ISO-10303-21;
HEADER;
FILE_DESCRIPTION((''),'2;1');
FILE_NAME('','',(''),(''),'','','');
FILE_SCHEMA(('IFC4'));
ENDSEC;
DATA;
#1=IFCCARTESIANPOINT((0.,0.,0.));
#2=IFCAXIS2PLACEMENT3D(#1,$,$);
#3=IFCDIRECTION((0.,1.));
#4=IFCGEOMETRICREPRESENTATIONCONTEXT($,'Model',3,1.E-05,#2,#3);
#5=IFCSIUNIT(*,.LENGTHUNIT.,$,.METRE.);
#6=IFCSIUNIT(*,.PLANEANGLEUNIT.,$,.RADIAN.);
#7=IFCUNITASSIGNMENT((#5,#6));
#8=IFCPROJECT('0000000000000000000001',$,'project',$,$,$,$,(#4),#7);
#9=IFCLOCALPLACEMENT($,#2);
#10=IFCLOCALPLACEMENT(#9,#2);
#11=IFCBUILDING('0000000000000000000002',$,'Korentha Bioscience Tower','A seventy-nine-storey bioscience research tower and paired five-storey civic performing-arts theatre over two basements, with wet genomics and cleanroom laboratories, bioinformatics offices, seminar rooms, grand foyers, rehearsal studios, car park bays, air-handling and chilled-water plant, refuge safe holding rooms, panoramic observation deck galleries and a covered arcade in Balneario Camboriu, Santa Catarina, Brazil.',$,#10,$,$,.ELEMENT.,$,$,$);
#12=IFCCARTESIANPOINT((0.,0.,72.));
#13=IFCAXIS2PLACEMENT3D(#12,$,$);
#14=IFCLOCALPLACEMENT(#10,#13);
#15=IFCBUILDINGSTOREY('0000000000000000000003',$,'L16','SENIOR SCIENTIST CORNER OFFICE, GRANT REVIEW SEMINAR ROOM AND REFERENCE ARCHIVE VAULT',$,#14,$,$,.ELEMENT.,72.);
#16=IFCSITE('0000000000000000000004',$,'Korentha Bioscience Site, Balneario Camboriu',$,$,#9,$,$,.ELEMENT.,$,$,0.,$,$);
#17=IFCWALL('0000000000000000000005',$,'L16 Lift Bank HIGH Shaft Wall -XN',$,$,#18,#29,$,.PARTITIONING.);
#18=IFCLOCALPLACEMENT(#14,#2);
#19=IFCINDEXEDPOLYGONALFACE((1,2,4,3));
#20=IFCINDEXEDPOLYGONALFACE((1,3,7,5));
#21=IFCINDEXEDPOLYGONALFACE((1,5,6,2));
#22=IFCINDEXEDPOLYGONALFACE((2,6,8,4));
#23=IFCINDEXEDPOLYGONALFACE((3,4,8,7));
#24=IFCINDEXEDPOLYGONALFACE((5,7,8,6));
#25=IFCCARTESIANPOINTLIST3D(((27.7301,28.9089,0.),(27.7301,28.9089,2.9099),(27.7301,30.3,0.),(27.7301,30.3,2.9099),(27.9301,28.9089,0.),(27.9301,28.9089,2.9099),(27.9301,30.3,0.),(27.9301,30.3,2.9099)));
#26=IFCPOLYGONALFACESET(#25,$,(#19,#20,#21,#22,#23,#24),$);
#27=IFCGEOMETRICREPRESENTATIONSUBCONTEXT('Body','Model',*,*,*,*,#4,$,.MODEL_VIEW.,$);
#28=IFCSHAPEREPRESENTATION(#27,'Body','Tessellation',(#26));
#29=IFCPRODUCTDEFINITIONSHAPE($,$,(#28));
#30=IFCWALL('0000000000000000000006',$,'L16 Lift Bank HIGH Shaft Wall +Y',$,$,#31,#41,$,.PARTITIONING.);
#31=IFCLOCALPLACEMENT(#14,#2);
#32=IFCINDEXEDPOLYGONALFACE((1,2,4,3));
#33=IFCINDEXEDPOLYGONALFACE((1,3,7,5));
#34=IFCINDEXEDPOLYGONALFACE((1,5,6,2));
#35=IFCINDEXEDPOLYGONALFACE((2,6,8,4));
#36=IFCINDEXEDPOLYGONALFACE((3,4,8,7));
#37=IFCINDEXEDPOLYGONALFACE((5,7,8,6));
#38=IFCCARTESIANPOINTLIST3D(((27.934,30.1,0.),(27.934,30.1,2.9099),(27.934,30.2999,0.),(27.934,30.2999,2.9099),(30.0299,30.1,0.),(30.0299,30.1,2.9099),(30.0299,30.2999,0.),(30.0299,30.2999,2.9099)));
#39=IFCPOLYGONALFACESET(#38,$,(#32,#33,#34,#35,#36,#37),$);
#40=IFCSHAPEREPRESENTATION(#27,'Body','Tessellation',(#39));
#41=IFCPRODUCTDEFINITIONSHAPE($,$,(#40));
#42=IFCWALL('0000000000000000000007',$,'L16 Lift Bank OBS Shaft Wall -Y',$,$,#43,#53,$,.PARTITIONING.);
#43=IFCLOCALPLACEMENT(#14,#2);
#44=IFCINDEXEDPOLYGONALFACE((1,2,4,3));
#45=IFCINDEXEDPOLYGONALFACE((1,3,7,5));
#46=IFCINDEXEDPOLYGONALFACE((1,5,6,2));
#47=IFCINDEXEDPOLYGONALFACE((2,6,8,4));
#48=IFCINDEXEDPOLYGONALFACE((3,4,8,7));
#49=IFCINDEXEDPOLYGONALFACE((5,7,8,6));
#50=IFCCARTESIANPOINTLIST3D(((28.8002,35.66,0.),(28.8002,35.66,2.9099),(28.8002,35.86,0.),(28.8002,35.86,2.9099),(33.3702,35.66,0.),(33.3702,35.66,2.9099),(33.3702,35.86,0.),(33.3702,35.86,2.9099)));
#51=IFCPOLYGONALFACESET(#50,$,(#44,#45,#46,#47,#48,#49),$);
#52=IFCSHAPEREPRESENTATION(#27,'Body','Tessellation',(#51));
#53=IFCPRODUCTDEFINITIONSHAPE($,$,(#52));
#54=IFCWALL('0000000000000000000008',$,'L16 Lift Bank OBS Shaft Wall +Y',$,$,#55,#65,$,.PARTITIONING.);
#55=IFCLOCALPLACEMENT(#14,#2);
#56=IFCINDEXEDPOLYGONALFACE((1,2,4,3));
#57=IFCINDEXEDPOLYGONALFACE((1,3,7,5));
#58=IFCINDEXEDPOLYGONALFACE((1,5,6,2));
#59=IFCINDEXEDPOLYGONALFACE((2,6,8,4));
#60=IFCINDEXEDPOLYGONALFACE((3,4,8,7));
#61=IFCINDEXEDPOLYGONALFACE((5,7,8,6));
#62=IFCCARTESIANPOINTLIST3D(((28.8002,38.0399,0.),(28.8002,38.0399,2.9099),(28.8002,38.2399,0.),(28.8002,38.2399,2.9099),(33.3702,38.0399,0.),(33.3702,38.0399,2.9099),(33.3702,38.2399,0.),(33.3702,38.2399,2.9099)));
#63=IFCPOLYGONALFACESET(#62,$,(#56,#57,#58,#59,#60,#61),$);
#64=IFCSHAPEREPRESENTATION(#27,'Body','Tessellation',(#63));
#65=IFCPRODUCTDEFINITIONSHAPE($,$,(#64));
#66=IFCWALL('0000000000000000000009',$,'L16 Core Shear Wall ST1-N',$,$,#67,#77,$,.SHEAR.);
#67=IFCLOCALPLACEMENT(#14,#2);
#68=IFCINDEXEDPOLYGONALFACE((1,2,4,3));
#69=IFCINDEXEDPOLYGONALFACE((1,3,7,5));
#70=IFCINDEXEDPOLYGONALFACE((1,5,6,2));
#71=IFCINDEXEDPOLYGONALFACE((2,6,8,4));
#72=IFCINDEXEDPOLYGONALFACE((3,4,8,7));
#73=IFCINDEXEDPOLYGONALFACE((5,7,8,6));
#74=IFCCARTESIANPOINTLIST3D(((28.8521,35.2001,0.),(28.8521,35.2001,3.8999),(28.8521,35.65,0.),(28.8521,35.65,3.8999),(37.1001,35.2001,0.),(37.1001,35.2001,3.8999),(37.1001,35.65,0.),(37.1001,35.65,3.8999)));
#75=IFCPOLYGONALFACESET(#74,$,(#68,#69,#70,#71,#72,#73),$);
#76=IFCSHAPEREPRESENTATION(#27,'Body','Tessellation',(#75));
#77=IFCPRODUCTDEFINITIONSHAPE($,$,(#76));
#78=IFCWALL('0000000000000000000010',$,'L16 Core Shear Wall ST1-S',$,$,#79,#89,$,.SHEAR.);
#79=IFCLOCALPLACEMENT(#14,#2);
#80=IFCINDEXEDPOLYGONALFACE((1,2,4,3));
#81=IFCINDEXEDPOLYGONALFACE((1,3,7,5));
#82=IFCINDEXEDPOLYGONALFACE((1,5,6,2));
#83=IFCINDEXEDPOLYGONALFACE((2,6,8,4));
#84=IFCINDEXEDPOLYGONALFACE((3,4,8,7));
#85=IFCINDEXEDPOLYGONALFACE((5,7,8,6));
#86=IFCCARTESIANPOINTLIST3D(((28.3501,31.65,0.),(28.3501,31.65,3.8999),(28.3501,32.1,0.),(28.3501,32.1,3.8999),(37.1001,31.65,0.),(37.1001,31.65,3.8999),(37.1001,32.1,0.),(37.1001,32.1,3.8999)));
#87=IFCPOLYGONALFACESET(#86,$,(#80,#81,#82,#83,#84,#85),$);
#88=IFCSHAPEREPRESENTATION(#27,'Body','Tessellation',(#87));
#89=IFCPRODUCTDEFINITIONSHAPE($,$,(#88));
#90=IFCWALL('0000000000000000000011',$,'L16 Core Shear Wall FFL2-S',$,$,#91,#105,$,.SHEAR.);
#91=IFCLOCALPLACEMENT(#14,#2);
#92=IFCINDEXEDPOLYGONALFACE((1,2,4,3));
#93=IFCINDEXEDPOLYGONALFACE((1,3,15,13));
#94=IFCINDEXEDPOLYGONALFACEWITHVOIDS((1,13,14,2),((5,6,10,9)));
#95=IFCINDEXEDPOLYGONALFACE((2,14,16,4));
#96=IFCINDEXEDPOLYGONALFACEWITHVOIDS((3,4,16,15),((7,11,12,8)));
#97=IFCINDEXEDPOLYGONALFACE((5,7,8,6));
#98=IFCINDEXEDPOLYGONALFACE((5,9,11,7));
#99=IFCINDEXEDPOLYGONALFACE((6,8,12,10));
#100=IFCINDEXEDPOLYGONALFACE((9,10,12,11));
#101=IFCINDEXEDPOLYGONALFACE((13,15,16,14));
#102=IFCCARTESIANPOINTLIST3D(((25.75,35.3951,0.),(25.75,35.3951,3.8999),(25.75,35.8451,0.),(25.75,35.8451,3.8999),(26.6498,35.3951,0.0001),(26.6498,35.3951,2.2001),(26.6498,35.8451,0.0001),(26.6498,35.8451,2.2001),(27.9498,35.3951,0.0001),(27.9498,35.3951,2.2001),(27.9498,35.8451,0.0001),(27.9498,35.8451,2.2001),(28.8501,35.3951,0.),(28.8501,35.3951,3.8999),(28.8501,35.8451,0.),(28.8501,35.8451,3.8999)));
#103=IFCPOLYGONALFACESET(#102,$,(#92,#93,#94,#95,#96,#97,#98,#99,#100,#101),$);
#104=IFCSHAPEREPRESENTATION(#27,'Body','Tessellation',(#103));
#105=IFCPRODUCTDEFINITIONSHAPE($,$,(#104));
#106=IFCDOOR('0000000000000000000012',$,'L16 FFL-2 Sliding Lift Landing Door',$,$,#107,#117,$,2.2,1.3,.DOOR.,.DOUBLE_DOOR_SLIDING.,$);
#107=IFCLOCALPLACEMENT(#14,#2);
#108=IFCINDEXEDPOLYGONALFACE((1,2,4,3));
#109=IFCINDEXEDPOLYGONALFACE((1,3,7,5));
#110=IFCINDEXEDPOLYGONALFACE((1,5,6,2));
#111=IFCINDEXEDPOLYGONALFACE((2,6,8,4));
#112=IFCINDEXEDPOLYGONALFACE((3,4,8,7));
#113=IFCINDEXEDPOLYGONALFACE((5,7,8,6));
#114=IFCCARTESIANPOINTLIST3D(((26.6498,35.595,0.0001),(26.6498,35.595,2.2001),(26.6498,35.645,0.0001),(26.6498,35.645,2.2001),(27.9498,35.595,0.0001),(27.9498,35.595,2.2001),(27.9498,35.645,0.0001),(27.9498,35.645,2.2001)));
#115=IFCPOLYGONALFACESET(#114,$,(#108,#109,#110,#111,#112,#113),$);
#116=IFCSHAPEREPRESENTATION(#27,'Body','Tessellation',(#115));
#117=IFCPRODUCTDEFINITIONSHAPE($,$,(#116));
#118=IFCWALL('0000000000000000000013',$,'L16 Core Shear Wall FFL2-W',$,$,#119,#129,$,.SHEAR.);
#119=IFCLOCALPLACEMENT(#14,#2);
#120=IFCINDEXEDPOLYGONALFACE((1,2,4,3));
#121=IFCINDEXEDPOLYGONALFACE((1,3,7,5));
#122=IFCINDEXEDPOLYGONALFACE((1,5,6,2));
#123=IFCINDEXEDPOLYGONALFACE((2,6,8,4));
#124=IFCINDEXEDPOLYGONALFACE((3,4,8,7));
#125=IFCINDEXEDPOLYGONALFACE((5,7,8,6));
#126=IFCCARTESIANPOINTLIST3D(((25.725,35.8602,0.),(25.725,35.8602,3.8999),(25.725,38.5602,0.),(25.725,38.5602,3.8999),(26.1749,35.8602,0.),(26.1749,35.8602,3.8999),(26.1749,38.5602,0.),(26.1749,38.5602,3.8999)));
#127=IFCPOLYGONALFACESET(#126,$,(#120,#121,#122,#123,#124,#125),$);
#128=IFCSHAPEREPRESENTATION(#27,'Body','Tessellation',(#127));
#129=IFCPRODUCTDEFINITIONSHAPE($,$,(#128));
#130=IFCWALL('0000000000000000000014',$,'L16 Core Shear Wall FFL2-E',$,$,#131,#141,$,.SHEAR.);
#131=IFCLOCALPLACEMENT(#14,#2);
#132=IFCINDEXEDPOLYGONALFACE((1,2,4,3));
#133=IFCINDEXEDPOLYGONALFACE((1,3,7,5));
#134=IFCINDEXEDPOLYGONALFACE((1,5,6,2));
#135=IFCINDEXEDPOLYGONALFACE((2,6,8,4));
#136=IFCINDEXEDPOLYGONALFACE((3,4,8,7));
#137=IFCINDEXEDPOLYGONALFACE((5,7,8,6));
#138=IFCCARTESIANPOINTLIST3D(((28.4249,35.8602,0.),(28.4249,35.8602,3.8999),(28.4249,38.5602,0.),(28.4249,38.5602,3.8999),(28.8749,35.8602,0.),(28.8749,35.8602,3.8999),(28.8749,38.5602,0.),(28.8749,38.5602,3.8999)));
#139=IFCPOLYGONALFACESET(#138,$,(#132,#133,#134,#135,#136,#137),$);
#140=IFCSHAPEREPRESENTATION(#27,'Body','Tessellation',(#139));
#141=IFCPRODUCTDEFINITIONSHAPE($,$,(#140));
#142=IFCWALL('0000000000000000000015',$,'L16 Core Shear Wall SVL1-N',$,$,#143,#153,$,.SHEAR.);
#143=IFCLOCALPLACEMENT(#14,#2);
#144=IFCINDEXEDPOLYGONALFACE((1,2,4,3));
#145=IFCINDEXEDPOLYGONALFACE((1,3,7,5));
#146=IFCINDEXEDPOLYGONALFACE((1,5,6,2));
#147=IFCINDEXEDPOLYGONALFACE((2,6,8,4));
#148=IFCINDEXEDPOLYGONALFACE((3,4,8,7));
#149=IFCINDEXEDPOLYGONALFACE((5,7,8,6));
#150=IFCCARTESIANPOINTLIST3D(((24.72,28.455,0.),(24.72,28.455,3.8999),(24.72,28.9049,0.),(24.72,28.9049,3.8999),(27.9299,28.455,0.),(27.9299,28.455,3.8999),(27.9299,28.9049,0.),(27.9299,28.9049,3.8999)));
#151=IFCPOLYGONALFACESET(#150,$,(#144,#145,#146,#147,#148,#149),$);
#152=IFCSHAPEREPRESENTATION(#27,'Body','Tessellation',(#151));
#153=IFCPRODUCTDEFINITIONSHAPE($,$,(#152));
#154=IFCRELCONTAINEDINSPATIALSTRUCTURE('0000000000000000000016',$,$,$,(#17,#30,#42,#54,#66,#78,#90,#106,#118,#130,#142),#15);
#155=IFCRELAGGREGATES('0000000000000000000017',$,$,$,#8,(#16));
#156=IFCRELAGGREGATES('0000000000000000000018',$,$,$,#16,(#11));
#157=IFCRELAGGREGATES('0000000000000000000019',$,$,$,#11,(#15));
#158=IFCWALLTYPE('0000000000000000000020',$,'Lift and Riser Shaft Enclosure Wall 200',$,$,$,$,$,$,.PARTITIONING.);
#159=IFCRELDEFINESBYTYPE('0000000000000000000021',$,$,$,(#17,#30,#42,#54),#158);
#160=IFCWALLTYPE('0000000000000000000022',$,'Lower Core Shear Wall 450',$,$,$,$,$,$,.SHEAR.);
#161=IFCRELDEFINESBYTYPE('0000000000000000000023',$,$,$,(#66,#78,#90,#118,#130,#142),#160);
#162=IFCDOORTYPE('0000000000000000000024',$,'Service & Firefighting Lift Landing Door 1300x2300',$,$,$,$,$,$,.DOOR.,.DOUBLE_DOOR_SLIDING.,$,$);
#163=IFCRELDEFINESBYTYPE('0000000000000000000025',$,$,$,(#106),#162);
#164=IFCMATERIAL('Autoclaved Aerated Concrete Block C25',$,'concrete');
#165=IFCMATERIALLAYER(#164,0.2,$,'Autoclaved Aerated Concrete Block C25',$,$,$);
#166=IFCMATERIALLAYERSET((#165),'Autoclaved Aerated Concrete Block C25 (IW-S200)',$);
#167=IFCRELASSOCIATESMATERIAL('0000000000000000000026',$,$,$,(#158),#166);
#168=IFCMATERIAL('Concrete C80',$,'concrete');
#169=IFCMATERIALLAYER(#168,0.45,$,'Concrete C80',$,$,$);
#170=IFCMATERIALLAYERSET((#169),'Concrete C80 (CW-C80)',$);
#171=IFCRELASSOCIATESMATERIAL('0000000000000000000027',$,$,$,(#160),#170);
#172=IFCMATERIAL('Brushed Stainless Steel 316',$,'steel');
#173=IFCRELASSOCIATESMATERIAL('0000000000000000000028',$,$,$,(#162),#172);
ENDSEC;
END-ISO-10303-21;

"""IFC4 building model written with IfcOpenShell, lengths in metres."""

from ifc_helpers import new_model, si_unit, direction, frame, frame_2d, origin, place, context, subcontext, project, spatial, rectangle, extrude, material, layer, layer_set, type_object, element, fill, save


model = new_model("IFC4")

# Units and contexts
model_context = context("Model", 3, precision=1e-05, world=origin(), true_north=direction((0.0, 1.0)))
body_context = subcontext(model_context, "Body", "Model", "MODEL_VIEW")
ifc_project = project(units=[si_unit("LENGTHUNIT", "METRE"), si_unit("PLANEANGLEUNIT", "RADIAN")], contexts=[model_context])

# Site, building, storey
site_placement = place(None, origin())
site = spatial("IfcSite", under=ifc_project, at=site_placement, Name="Korentha Bioscience Site, Balneario Camboriu", CompositionType="ELEMENT", RefElevation=0.0)
building_placement = place(site_placement, origin())
building = spatial("IfcBuilding", under=site, at=building_placement, Name="Korentha Bioscience Tower", Description="A seventy-nine-storey bioscience research tower and paired five-storey civic performing-arts theatre over two basements, with wet genomics and cleanroom laboratories, bioinformatics offices, seminar rooms, grand foyers, rehearsal studios, car park bays, air-handling and chilled-water plant, refuge safe holding rooms, panoramic observation deck galleries and a covered arcade in Balneario Camboriu, Santa Catarina, Brazil.", CompositionType="ELEMENT")
storey_placement = place(building_placement, frame((0.0, 0.0, 72.0)))
storey = spatial("IfcBuildingStorey", under=building, at=storey_placement, Name="L16", Description="SENIOR SCIENTIST CORNER OFFICE, GRANT REVIEW SEMINAR ROOM AND REFERENCE ARCHIVE VAULT", CompositionType="ELEMENT", Elevation=72.0)

# Shared definitions
ifc_material_1 = material(Name="Concrete C80", Category="concrete")

# Walls
ifc_material_2 = material(Name="Autoclaved Aerated Concrete Block C25", Category="concrete")
ifc_layer_1 = layer(ifc_material_2, 0.2, Name="Autoclaved Aerated Concrete Block C25")
ifc_layer_set_1 = layer_set([ifc_layer_1], Name="Autoclaved Aerated Concrete Block C25 (IW-S200)")
wall_type_1 = type_object("IfcWallType", Name="Lift and Riser Shaft Enclosure Wall 200", PredefinedType="PARTITIONING", material=ifc_layer_set_1)
wall_1_placement = place(storey_placement, frame((27.8301, 28.9089, 0.0), z_axis=(0.0, 0.0, 1.0), x_axis=(0.0, 1.0, 0.0)))
element("IfcWall", 1, at=wall_1_placement, inside=storey, type_object=wall_type_1, Name="L16 Lift Bank HIGH Shaft Wall -XN", PredefinedType="PARTITIONING", context=body_context, shape_type="SweptSolid", body=[
    extrude(rectangle(XDim=1.3911, YDim=0.2, at=frame_2d((0.6956, 0.0))), origin(), (0.0, 0.0, 1.0), 2.9099),
])
wall_2_placement = place(storey_placement, frame((27.9341, 30.2, 0.0), z_axis=(0.0, 0.0, 1.0), x_axis=(1.0, 0.0, 0.0)))
element("IfcWall", 2, at=wall_2_placement, inside=storey, type_object=wall_type_1, Name="L16 Lift Bank HIGH Shaft Wall +Y", PredefinedType="PARTITIONING", context=body_context, shape_type="SweptSolid", body=[
    extrude(rectangle(XDim=2.0959, YDim=0.2, at=frame_2d((1.0479, 0.0))), origin(), (0.0, 0.0, 1.0), 2.9099),
])
for number, where, z_axis, x_axis, name in (
    (3, (28.8, 35.76, 0.0), (0.0, 0.0, 1.0), (1.0, 0.0, 0.0), "L16 Lift Bank OBS Shaft Wall -Y"),
    (4, (28.8, 38.1399, 0.0), (0.0, 0.0, 1.0), (1.0, 0.0, 0.0), "L16 Lift Bank OBS Shaft Wall +Y"),
):
    element("IfcWall", number, at=place(storey_placement, frame(where, z_axis=z_axis, x_axis=x_axis)), inside=storey, type_object=wall_type_1, Name=name, PredefinedType="PARTITIONING", context=body_context, shape_type="SweptSolid", body=[
        extrude(rectangle(XDim=4.5701, YDim=0.2, at=frame_2d((2.2852, 0.0))), origin(), (0.0, 0.0, 1.0), 2.9099),
    ])
ifc_layer_2 = layer(ifc_material_1, 0.45, Name="Concrete C80")
ifc_layer_set_2 = layer_set([ifc_layer_2], Name="Concrete C80 (CW-C80)")
wall_type_2 = type_object("IfcWallType", Name="Lower Core Shear Wall 450", PredefinedType="SHEAR", material=ifc_layer_set_2)
wall_3_placement = place(storey_placement, frame((28.8521, 35.425, 0.0), z_axis=(0.0, 0.0, 1.0), x_axis=(1.0, 0.0, 0.0)))
element("IfcWall", 5, at=wall_3_placement, inside=storey, type_object=wall_type_2, Name="L16 Core Shear Wall ST1-N", PredefinedType="SHEAR", context=body_context, shape_type="SweptSolid", body=[
    extrude(rectangle(XDim=8.248, YDim=0.45, at=frame_2d((4.124, 0.0))), origin(), (0.0, 0.0, 1.0), 3.8999),
])
wall_4_placement = place(storey_placement, frame((28.3501, 31.875, 0.0), z_axis=(0.0, 0.0, 1.0), x_axis=(1.0, 0.0, 0.0)))
element("IfcWall", 6, at=wall_4_placement, inside=storey, type_object=wall_type_2, Name="L16 Core Shear Wall ST1-S", PredefinedType="SHEAR", context=body_context, shape_type="SweptSolid", body=[
    extrude(rectangle(XDim=8.75, YDim=0.45, at=frame_2d((4.375, 0.0))), origin(), (0.0, 0.0, 1.0), 3.8999),
])

# Wall, opening, door
wall_5_placement = place(storey_placement, frame((25.75, 35.6201, 0.0), z_axis=(0.0, 0.0, 1.0), x_axis=(1.0, 0.0, 0.0)))
wall_5 = element("IfcWall", 7, at=wall_5_placement, inside=storey, type_object=wall_type_2, Name="L16 Core Shear Wall FFL2-S", PredefinedType="SHEAR", context=body_context, shape_type="SweptSolid", body=[
    extrude(rectangle(XDim=3.1001, YDim=0.45, at=frame_2d((1.55, 0.0))), origin(), (0.0, 0.0, 1.0), 3.8999),
])
opening_1_placement = place(wall_5_placement, frame((0.8999, 0.0, 0.0)))
opening_1 = element("IfcOpeningElement", 8, at=opening_1_placement, cuts=wall_5, PredefinedType="OPENING", context=body_context, shape_type="SweptSolid", body=[
    extrude(rectangle(XDim=1.3, YDim=2.2, at=frame_2d((0.6499, 1.1001))), frame((0.0, 0.2397, 0.0), z_axis=(0.0, -1.0, 0.0), x_axis=(1.0, 0.0, 0.0)), (0.0, 0.0, 1.0), 0.4797),
])
ifc_material_3 = material(Name="Brushed Stainless Steel 316", Category="steel")
door_type_1 = type_object("IfcDoorType", Name="Service & Firefighting Lift Landing Door 1300x2300", OperationType="DOUBLE_DOOR_SLIDING", PredefinedType="DOOR", material=ifc_material_3)
door_1_placement = place(opening_1_placement, origin())
door_1 = element("IfcDoor", 9, at=door_1_placement, inside=storey, type_object=door_type_1, Name="L16 FFL-2 Sliding Lift Landing Door", OperationType="DOUBLE_DOOR_SLIDING", OverallHeight=2.2, OverallWidth=1.3, PredefinedType="DOOR", context=body_context, shape_type="SweptSolid", body=[
    extrude(rectangle(XDim=1.3, YDim=2.2, at=frame_2d((0.6499, 1.1001))), frame((0.0, 0.0249, 0.0), z_axis=(0.0, -1.0, 0.0), x_axis=(1.0, 0.0, 0.0)), (0.0, 0.0, 1.0), 0.05),
])
fill(opening_1, door_1)

# Walls
for number, where, z_axis, x_axis, name in (
    (10, (25.95, 35.8601, 0.0), (0.0, 0.0, 1.0), (0.0, 1.0, 0.0), "L16 Core Shear Wall FFL2-W"),
    (11, (28.6499, 35.8601, 0.0), (0.0, 0.0, 1.0), (0.0, 1.0, 0.0), "L16 Core Shear Wall FFL2-E"),
):
    element("IfcWall", number, at=place(storey_placement, frame(where, z_axis=z_axis, x_axis=x_axis)), inside=storey, type_object=wall_type_2, Name=name, PredefinedType="SHEAR", context=body_context, shape_type="SweptSolid", body=[
        extrude(rectangle(XDim=2.7, YDim=0.45, at=frame_2d((1.3501, 0.0))), origin(), (0.0, 0.0, 1.0), 3.8999),
    ])
wall_6_placement = place(storey_placement, frame((24.72, 28.6799, 0.0), z_axis=(0.0, 0.0, 1.0), x_axis=(1.0, 0.0, 0.0)))
element("IfcWall", 12, at=wall_6_placement, inside=storey, type_object=wall_type_2, Name="L16 Core Shear Wall SVL1-N", PredefinedType="SHEAR", context=body_context, shape_type="SweptSolid", body=[
    extrude(rectangle(XDim=3.21, YDim=0.45, at=frame_2d((1.605, 0.0))), origin(), (0.0, 0.0, 1.0), 3.8999),
])

save(model, "model.ifc")
